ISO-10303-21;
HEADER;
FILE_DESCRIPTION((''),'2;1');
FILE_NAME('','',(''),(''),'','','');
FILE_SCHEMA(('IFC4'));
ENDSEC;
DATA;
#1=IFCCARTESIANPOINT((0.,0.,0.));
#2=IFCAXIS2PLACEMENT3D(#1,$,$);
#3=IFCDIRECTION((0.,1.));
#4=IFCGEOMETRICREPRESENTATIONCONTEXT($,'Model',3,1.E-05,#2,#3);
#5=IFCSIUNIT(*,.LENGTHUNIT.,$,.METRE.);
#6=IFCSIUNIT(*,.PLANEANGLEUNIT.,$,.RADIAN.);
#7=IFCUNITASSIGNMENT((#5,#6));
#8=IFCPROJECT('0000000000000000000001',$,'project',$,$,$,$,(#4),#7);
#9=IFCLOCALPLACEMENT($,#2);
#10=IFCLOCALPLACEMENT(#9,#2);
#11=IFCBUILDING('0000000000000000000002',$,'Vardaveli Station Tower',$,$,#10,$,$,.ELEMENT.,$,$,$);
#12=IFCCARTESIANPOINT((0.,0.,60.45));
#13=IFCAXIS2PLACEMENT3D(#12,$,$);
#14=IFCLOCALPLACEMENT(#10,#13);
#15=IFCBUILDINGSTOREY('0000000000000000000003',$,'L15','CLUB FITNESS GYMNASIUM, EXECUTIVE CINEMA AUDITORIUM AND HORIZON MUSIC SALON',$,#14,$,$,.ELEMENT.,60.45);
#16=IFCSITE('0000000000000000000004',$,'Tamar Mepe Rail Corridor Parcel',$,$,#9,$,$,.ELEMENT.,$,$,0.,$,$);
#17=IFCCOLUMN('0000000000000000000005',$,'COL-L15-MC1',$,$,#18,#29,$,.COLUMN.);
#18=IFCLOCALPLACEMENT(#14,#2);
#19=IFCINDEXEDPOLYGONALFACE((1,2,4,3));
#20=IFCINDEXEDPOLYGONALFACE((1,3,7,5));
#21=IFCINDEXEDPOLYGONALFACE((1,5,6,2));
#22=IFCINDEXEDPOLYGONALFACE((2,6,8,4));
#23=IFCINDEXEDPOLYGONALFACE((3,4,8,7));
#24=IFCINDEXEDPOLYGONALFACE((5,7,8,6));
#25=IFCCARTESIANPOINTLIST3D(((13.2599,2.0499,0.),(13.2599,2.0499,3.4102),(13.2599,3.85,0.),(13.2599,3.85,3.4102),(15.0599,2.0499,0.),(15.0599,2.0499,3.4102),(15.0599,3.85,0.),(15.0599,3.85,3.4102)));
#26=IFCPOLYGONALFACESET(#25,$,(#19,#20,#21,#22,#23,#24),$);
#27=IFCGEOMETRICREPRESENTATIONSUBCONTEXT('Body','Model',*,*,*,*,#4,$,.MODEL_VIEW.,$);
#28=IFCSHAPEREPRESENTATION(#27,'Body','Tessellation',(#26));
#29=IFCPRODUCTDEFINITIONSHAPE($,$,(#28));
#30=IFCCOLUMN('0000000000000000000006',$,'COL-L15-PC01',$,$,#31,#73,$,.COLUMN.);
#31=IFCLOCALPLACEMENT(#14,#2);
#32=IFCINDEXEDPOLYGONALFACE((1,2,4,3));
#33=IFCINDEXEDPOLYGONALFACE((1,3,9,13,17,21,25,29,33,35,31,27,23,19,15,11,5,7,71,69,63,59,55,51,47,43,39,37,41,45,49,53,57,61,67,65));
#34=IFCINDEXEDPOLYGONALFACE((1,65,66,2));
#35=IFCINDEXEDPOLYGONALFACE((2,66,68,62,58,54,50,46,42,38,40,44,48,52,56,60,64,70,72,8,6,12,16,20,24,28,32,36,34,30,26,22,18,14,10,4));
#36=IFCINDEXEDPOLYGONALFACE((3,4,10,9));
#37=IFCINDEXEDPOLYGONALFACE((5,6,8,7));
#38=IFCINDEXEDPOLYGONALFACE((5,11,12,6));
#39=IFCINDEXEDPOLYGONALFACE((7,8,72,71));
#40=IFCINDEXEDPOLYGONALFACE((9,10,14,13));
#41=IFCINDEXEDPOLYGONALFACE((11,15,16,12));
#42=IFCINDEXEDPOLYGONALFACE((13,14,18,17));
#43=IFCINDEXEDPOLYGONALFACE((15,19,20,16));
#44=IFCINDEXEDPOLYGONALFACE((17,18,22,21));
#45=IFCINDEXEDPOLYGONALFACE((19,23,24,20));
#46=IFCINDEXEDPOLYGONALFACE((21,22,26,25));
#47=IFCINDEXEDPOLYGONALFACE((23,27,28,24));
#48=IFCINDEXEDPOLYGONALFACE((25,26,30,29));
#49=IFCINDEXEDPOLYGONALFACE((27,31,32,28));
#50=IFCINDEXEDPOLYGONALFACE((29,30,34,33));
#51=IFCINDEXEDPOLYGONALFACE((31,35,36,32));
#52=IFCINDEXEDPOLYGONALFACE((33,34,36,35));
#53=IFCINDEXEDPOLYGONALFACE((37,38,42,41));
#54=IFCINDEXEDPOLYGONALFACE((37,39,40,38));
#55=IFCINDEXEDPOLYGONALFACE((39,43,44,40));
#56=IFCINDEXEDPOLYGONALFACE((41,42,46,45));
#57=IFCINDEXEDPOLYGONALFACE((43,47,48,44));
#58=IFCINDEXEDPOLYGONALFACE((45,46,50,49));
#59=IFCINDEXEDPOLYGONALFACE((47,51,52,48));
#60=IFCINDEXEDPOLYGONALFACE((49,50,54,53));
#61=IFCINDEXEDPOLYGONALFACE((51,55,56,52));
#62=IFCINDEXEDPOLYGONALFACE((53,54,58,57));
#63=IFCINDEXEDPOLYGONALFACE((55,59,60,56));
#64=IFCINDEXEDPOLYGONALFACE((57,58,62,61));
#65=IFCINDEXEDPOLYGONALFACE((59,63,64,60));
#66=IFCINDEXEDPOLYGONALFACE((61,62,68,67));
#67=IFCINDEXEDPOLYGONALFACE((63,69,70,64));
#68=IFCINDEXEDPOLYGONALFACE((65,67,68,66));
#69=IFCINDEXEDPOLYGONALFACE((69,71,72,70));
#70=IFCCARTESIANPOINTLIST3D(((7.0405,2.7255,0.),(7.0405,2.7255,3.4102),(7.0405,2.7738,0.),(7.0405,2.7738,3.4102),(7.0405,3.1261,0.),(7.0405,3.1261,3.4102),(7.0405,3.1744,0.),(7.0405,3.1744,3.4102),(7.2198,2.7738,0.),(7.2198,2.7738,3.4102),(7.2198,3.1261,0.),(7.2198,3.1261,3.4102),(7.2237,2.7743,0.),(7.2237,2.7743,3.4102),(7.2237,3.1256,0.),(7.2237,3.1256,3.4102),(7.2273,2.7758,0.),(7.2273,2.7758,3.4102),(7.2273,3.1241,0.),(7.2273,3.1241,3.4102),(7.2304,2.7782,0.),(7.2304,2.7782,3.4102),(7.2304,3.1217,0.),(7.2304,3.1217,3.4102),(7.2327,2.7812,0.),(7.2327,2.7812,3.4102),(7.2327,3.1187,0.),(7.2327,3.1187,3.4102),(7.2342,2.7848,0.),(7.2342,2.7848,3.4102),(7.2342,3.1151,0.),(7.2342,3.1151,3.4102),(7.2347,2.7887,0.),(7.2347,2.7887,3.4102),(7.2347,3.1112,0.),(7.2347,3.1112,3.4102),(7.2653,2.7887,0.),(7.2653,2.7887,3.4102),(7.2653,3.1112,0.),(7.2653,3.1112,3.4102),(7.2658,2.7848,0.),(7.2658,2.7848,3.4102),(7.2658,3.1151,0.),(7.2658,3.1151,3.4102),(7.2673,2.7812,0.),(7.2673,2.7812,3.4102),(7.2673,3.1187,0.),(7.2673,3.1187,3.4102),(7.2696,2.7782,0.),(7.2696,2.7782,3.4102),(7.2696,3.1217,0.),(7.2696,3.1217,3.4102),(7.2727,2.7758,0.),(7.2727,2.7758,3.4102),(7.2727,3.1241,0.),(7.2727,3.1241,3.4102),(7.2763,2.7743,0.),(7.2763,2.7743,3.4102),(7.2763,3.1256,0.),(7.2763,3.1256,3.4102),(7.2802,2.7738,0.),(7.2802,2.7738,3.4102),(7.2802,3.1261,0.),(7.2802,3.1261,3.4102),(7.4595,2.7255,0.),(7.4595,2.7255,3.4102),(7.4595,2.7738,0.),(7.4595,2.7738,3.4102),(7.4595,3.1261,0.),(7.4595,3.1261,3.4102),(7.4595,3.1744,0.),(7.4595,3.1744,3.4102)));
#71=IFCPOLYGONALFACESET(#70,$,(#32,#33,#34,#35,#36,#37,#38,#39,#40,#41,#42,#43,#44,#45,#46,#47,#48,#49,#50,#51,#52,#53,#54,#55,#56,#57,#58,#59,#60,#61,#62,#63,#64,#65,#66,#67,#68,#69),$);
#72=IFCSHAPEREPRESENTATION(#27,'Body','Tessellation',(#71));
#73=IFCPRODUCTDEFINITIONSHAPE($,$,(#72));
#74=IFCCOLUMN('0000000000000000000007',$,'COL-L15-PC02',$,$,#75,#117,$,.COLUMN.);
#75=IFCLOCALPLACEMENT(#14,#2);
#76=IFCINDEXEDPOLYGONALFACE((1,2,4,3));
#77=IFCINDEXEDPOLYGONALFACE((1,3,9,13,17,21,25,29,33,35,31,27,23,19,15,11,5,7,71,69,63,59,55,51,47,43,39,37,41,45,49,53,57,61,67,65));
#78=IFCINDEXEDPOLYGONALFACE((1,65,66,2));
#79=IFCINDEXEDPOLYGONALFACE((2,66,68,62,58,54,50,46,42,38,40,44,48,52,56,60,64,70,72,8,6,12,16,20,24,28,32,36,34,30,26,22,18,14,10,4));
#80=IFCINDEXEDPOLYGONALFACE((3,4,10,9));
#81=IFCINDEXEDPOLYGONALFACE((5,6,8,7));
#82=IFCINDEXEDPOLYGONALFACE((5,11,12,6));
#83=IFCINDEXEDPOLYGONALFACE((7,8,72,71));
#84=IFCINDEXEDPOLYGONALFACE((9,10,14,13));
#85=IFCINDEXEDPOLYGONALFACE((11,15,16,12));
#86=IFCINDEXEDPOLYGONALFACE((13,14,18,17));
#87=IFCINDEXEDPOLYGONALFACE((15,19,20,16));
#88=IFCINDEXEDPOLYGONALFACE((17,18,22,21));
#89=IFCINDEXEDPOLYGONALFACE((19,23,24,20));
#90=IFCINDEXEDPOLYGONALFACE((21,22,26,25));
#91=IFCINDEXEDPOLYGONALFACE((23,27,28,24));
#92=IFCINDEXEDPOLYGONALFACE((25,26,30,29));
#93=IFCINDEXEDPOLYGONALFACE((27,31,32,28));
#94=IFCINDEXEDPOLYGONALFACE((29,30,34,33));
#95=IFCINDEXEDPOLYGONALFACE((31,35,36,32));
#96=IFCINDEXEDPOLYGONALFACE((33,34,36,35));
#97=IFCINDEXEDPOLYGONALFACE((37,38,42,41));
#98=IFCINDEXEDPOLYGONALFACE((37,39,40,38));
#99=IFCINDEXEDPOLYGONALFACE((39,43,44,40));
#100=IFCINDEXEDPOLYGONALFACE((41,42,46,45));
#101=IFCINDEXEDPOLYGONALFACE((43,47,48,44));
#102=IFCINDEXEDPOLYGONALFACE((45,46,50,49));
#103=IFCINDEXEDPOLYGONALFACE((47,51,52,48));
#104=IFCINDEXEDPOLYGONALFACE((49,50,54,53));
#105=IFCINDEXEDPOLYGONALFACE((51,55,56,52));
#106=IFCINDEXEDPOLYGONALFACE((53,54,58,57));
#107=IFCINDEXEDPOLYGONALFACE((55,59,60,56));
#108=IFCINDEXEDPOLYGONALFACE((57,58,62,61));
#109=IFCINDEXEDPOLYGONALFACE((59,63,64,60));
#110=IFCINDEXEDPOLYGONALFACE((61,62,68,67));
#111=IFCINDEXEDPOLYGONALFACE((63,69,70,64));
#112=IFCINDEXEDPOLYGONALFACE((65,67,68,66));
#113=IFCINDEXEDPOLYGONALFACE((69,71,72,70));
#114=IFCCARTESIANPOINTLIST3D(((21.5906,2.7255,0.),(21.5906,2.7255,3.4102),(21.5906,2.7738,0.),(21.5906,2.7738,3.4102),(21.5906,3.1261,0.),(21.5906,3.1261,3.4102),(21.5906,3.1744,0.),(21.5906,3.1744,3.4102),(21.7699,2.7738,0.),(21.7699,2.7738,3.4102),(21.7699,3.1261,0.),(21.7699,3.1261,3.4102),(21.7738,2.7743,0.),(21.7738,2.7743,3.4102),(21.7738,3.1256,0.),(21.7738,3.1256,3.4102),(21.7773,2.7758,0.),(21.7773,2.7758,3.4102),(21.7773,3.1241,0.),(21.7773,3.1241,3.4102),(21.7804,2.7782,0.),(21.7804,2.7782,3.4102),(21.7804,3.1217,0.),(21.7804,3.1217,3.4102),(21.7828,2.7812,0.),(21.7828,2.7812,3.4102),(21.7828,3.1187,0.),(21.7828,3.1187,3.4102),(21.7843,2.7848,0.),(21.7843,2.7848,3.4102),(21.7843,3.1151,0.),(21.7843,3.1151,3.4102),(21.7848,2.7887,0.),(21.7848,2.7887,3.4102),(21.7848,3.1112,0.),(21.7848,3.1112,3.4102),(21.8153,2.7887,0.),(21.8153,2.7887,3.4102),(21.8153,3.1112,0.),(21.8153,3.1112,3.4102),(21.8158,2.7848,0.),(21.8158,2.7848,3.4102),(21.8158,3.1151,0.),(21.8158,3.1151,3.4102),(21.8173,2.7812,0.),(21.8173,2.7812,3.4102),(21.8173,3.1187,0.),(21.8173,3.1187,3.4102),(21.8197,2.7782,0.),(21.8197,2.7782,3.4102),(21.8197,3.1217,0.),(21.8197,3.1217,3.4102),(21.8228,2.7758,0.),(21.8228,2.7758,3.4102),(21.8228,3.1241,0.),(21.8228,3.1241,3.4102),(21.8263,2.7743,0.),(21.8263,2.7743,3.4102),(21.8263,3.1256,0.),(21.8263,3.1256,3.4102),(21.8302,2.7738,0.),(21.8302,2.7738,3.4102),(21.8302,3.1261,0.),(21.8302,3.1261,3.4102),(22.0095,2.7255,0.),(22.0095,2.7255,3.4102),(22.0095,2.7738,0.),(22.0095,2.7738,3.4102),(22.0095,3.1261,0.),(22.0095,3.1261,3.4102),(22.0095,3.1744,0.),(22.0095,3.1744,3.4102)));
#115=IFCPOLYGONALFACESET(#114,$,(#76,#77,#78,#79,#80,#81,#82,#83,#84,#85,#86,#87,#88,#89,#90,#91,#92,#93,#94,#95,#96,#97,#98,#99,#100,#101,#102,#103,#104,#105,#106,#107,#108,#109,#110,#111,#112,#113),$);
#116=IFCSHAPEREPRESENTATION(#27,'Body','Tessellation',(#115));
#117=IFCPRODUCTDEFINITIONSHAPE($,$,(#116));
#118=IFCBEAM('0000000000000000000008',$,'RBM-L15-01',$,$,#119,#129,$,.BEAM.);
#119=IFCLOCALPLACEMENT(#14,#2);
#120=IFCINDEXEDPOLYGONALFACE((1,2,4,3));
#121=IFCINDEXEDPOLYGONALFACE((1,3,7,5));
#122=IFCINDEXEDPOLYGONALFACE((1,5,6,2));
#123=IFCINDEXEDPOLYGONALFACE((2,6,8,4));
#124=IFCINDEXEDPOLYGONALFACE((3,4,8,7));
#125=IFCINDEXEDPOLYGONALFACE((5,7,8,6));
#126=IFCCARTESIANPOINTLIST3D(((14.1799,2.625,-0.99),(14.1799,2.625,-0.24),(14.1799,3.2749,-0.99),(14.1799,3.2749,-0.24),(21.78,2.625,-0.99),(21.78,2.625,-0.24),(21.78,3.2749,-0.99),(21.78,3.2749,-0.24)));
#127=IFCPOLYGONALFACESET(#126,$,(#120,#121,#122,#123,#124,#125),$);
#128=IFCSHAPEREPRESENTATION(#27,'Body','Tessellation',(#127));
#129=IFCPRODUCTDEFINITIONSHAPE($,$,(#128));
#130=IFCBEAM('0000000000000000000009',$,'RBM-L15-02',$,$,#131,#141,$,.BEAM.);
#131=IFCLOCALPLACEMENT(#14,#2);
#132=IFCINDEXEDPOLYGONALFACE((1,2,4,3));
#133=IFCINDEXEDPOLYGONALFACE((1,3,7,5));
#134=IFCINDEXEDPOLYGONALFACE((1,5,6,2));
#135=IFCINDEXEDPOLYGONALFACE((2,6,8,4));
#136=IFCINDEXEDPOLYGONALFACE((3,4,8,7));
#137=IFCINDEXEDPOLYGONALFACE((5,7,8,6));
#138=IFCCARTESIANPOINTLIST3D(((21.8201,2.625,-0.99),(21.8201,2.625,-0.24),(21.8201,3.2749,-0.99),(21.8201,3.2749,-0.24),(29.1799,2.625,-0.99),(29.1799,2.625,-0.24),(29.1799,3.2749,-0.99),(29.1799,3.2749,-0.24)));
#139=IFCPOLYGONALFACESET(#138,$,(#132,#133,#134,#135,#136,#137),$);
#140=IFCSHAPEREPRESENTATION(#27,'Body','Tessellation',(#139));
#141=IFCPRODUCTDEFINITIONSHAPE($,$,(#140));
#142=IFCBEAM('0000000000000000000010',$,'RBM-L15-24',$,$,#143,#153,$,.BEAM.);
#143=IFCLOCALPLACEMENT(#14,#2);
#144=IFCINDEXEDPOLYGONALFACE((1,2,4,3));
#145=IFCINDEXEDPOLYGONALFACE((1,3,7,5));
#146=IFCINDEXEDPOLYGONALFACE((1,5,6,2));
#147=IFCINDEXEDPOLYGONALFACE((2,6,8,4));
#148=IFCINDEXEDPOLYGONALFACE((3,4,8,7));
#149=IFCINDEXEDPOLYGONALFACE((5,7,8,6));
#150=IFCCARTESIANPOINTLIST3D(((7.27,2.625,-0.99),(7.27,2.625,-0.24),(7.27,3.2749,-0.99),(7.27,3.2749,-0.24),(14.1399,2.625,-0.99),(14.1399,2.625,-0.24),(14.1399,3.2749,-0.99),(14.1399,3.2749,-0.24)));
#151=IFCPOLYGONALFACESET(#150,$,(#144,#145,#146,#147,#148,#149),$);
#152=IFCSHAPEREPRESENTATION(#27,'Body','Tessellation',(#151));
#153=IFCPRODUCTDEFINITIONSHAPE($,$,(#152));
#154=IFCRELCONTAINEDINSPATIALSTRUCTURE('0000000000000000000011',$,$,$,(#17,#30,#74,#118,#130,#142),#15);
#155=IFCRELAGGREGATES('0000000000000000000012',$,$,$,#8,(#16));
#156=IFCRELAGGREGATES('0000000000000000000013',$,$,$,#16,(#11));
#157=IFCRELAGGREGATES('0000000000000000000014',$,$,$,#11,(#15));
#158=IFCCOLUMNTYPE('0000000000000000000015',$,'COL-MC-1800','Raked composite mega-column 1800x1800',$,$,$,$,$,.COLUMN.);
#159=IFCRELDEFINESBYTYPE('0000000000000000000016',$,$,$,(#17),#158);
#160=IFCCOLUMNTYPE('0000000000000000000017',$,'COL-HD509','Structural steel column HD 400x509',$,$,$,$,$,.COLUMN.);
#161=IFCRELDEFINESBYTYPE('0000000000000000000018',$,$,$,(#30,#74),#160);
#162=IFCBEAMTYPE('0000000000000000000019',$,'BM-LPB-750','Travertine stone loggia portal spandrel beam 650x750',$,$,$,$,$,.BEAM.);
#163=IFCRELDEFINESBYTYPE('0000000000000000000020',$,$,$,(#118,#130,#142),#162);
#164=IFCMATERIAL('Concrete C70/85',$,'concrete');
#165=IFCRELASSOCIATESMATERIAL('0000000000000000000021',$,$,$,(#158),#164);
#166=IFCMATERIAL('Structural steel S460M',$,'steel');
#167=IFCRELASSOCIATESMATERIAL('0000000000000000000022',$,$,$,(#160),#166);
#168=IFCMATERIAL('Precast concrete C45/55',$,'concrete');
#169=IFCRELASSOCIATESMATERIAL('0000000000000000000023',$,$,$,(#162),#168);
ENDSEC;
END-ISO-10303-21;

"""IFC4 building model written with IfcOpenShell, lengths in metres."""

from ifc_helpers import new_model, si_unit, direction, frame, origin, origin_2d, place, context, subcontext, project, spatial, rectangle, i_section, extrude, source, transform, mapped, material, material_profile, profile_set, type_object, element, save


model = new_model("IFC4")

# Units and contexts
model_context = context("Model", 3, precision=1e-05, world=origin(), true_north=direction((0.0, 1.0)))
body_context = subcontext(model_context, "Body", "Model", "MODEL_VIEW")
ifc_project = project(units=[si_unit("LENGTHUNIT", "METRE"), si_unit("PLANEANGLEUNIT", "RADIAN")], contexts=[model_context])

# Site, building, storey
site_placement = place(None, origin())
site = spatial("IfcSite", under=ifc_project, at=site_placement, Name="Tamar Mepe Rail Corridor Parcel", CompositionType="ELEMENT", RefElevation=0.0)
building_placement = place(site_placement, origin())
building = spatial("IfcBuilding", under=site, at=building_placement, Name="Vardaveli Station Tower", CompositionType="ELEMENT")
storey_placement = place(building_placement, frame((0.0, 0.0, 60.45)))
storey = spatial("IfcBuildingStorey", under=building, at=storey_placement, Name="L15", Description="CLUB FITNESS GYMNASIUM, EXECUTIVE CINEMA AUDITORIUM AND HORIZON MUSIC SALON", CompositionType="ELEMENT", Elevation=60.45)

# Columns
ifc_material_1 = material(Name="Concrete C70/85", Category="concrete")
ifc_material_profile_1 = material_profile(ifc_material_1, rectangle(XDim=1.8, YDim=1.8, at=origin_2d()), Name="MC 1800x1800")
ifc_profile_set_1 = profile_set([ifc_material_profile_1], Name="Concrete C70/85")
column_type_1 = type_object("IfcColumnType", Name="COL-MC-1800", Description="Raked composite mega-column 1800x1800", PredefinedType="COLUMN", material=ifc_profile_set_1)
shared_shape_1 = source(origin(), body_context, "Body", "SweptSolid", [
    extrude(rectangle(XDim=1.8, YDim=1.8, at=origin_2d()), origin(), (0.0, 0.0, 1.0), 3.4102),
])
column_placement = place(storey_placement, frame((14.1599, 2.95, 0.0), z_axis=(0.0, 0.0, 1.0), x_axis=(1.0, 0.0, 0.0)))
element("IfcColumn", 1, at=column_placement, inside=storey, type_object=column_type_1, Name="COL-L15-MC1", PredefinedType="COLUMN", context=body_context, shape_type="MappedRepresentation", body=[
    mapped(shared_shape_1, transform((0.0, 0.0, 0.0), scale=1.0)),
])
ifc_material_2 = material(Name="Structural steel S460M", Category="steel")
ifc_material_profile_2 = material_profile(ifc_material_2, i_section(OverallWidth=0.4189, OverallDepth=0.449, WebThickness=0.0305, FlangeThickness=0.0483, FilletRadius=0.0149, at=origin_2d()), Name="HD 400x509")
ifc_profile_set_2 = profile_set([ifc_material_profile_2], Name="Structural steel S460M")
column_type_2 = type_object("IfcColumnType", Name="COL-HD509", Description="Structural steel column HD 400x509", PredefinedType="COLUMN", material=ifc_profile_set_2)
shared_shape_2 = source(origin(), body_context, "Body", "SweptSolid", [
    extrude(i_section(OverallWidth=0.4189, OverallDepth=0.449, WebThickness=0.0305, FlangeThickness=0.0483, FilletRadius=0.0149, at=origin_2d()), origin(), (0.0, 0.0, 1.0), 3.4102),
])
for number, where, z_axis, x_axis, name in (
    (2, (7.25, 2.95, 0.0), (0.0, 0.0, 1.0), (1.0, 0.0, 0.0), "COL-L15-PC01"),
    (3, (21.8, 2.95, 0.0), (0.0, 0.0, 1.0), (1.0, 0.0, 0.0), "COL-L15-PC02"),
):
    element("IfcColumn", number, at=place(storey_placement, frame(where, z_axis=z_axis, x_axis=x_axis)), inside=storey, type_object=column_type_2, Name=name, PredefinedType="COLUMN", context=body_context, shape_type="MappedRepresentation", body=[
        mapped(shared_shape_2, transform((0.0, 0.0, 0.0), scale=1.0)),
    ])

# Beams
ifc_material_3 = material(Name="Precast concrete C45/55", Category="concrete")
ifc_material_profile_3 = material_profile(ifc_material_3, rectangle(XDim=0.6499, YDim=0.75, at=origin_2d()), Name="LPB 650x750")
ifc_profile_set_3 = profile_set([ifc_material_profile_3], Name="Precast concrete C45/55")
beam_type_1 = type_object("IfcBeamType", Name="BM-LPB-750", Description="Travertine stone loggia portal spandrel beam 650x750", PredefinedType="BEAM", material=ifc_profile_set_3)
shared_shape_3 = source(origin(), body_context, "Body", "SweptSolid", [
    extrude(rectangle(XDim=0.6499, YDim=0.75, at=origin_2d()), origin(), (0.0, 0.0, 1.0), 7.6001),
])
beam_1_placement = place(storey_placement, frame((14.1799, 2.95, -0.615), z_axis=(1.0, 0.0, 0.0), x_axis=(0.0, 1.0, 0.0)))
element("IfcBeam", 4, at=beam_1_placement, inside=storey, type_object=beam_type_1, Name="RBM-L15-01", PredefinedType="BEAM", context=body_context, shape_type="MappedRepresentation", body=[
    mapped(shared_shape_3, transform((0.0, 0.0, 0.0), scale=1.0)),
])
shared_shape_4 = source(origin(), body_context, "Body", "SweptSolid", [
    extrude(rectangle(XDim=0.6499, YDim=0.75, at=origin_2d()), origin(), (0.0, 0.0, 1.0), 7.3599),
])
beam_2_placement = place(storey_placement, frame((21.8201, 2.95, -0.615), z_axis=(1.0, 0.0, 0.0), x_axis=(0.0, 1.0, 0.0)))
element("IfcBeam", 5, at=beam_2_placement, inside=storey, type_object=beam_type_1, Name="RBM-L15-02", PredefinedType="BEAM", context=body_context, shape_type="MappedRepresentation", body=[
    mapped(shared_shape_4, transform((0.0, 0.0, 0.0), scale=1.0)),
])
shared_shape_5 = source(origin(), body_context, "Body", "SweptSolid", [
    extrude(rectangle(XDim=0.6499, YDim=0.75, at=origin_2d()), origin(), (0.0, 0.0, 1.0), 6.8699),
])
beam_3_placement = place(storey_placement, frame((7.27, 2.95, -0.615), z_axis=(1.0, 0.0, 0.0), x_axis=(0.0, 1.0, 0.0)))
element("IfcBeam", 6, at=beam_3_placement, inside=storey, type_object=beam_type_1, Name="RBM-L15-24", PredefinedType="BEAM", context=body_context, shape_type="MappedRepresentation", body=[
    mapped(shared_shape_5, transform((0.0, 0.0, 0.0), scale=1.0)),
])

save(model, "model.ifc")
